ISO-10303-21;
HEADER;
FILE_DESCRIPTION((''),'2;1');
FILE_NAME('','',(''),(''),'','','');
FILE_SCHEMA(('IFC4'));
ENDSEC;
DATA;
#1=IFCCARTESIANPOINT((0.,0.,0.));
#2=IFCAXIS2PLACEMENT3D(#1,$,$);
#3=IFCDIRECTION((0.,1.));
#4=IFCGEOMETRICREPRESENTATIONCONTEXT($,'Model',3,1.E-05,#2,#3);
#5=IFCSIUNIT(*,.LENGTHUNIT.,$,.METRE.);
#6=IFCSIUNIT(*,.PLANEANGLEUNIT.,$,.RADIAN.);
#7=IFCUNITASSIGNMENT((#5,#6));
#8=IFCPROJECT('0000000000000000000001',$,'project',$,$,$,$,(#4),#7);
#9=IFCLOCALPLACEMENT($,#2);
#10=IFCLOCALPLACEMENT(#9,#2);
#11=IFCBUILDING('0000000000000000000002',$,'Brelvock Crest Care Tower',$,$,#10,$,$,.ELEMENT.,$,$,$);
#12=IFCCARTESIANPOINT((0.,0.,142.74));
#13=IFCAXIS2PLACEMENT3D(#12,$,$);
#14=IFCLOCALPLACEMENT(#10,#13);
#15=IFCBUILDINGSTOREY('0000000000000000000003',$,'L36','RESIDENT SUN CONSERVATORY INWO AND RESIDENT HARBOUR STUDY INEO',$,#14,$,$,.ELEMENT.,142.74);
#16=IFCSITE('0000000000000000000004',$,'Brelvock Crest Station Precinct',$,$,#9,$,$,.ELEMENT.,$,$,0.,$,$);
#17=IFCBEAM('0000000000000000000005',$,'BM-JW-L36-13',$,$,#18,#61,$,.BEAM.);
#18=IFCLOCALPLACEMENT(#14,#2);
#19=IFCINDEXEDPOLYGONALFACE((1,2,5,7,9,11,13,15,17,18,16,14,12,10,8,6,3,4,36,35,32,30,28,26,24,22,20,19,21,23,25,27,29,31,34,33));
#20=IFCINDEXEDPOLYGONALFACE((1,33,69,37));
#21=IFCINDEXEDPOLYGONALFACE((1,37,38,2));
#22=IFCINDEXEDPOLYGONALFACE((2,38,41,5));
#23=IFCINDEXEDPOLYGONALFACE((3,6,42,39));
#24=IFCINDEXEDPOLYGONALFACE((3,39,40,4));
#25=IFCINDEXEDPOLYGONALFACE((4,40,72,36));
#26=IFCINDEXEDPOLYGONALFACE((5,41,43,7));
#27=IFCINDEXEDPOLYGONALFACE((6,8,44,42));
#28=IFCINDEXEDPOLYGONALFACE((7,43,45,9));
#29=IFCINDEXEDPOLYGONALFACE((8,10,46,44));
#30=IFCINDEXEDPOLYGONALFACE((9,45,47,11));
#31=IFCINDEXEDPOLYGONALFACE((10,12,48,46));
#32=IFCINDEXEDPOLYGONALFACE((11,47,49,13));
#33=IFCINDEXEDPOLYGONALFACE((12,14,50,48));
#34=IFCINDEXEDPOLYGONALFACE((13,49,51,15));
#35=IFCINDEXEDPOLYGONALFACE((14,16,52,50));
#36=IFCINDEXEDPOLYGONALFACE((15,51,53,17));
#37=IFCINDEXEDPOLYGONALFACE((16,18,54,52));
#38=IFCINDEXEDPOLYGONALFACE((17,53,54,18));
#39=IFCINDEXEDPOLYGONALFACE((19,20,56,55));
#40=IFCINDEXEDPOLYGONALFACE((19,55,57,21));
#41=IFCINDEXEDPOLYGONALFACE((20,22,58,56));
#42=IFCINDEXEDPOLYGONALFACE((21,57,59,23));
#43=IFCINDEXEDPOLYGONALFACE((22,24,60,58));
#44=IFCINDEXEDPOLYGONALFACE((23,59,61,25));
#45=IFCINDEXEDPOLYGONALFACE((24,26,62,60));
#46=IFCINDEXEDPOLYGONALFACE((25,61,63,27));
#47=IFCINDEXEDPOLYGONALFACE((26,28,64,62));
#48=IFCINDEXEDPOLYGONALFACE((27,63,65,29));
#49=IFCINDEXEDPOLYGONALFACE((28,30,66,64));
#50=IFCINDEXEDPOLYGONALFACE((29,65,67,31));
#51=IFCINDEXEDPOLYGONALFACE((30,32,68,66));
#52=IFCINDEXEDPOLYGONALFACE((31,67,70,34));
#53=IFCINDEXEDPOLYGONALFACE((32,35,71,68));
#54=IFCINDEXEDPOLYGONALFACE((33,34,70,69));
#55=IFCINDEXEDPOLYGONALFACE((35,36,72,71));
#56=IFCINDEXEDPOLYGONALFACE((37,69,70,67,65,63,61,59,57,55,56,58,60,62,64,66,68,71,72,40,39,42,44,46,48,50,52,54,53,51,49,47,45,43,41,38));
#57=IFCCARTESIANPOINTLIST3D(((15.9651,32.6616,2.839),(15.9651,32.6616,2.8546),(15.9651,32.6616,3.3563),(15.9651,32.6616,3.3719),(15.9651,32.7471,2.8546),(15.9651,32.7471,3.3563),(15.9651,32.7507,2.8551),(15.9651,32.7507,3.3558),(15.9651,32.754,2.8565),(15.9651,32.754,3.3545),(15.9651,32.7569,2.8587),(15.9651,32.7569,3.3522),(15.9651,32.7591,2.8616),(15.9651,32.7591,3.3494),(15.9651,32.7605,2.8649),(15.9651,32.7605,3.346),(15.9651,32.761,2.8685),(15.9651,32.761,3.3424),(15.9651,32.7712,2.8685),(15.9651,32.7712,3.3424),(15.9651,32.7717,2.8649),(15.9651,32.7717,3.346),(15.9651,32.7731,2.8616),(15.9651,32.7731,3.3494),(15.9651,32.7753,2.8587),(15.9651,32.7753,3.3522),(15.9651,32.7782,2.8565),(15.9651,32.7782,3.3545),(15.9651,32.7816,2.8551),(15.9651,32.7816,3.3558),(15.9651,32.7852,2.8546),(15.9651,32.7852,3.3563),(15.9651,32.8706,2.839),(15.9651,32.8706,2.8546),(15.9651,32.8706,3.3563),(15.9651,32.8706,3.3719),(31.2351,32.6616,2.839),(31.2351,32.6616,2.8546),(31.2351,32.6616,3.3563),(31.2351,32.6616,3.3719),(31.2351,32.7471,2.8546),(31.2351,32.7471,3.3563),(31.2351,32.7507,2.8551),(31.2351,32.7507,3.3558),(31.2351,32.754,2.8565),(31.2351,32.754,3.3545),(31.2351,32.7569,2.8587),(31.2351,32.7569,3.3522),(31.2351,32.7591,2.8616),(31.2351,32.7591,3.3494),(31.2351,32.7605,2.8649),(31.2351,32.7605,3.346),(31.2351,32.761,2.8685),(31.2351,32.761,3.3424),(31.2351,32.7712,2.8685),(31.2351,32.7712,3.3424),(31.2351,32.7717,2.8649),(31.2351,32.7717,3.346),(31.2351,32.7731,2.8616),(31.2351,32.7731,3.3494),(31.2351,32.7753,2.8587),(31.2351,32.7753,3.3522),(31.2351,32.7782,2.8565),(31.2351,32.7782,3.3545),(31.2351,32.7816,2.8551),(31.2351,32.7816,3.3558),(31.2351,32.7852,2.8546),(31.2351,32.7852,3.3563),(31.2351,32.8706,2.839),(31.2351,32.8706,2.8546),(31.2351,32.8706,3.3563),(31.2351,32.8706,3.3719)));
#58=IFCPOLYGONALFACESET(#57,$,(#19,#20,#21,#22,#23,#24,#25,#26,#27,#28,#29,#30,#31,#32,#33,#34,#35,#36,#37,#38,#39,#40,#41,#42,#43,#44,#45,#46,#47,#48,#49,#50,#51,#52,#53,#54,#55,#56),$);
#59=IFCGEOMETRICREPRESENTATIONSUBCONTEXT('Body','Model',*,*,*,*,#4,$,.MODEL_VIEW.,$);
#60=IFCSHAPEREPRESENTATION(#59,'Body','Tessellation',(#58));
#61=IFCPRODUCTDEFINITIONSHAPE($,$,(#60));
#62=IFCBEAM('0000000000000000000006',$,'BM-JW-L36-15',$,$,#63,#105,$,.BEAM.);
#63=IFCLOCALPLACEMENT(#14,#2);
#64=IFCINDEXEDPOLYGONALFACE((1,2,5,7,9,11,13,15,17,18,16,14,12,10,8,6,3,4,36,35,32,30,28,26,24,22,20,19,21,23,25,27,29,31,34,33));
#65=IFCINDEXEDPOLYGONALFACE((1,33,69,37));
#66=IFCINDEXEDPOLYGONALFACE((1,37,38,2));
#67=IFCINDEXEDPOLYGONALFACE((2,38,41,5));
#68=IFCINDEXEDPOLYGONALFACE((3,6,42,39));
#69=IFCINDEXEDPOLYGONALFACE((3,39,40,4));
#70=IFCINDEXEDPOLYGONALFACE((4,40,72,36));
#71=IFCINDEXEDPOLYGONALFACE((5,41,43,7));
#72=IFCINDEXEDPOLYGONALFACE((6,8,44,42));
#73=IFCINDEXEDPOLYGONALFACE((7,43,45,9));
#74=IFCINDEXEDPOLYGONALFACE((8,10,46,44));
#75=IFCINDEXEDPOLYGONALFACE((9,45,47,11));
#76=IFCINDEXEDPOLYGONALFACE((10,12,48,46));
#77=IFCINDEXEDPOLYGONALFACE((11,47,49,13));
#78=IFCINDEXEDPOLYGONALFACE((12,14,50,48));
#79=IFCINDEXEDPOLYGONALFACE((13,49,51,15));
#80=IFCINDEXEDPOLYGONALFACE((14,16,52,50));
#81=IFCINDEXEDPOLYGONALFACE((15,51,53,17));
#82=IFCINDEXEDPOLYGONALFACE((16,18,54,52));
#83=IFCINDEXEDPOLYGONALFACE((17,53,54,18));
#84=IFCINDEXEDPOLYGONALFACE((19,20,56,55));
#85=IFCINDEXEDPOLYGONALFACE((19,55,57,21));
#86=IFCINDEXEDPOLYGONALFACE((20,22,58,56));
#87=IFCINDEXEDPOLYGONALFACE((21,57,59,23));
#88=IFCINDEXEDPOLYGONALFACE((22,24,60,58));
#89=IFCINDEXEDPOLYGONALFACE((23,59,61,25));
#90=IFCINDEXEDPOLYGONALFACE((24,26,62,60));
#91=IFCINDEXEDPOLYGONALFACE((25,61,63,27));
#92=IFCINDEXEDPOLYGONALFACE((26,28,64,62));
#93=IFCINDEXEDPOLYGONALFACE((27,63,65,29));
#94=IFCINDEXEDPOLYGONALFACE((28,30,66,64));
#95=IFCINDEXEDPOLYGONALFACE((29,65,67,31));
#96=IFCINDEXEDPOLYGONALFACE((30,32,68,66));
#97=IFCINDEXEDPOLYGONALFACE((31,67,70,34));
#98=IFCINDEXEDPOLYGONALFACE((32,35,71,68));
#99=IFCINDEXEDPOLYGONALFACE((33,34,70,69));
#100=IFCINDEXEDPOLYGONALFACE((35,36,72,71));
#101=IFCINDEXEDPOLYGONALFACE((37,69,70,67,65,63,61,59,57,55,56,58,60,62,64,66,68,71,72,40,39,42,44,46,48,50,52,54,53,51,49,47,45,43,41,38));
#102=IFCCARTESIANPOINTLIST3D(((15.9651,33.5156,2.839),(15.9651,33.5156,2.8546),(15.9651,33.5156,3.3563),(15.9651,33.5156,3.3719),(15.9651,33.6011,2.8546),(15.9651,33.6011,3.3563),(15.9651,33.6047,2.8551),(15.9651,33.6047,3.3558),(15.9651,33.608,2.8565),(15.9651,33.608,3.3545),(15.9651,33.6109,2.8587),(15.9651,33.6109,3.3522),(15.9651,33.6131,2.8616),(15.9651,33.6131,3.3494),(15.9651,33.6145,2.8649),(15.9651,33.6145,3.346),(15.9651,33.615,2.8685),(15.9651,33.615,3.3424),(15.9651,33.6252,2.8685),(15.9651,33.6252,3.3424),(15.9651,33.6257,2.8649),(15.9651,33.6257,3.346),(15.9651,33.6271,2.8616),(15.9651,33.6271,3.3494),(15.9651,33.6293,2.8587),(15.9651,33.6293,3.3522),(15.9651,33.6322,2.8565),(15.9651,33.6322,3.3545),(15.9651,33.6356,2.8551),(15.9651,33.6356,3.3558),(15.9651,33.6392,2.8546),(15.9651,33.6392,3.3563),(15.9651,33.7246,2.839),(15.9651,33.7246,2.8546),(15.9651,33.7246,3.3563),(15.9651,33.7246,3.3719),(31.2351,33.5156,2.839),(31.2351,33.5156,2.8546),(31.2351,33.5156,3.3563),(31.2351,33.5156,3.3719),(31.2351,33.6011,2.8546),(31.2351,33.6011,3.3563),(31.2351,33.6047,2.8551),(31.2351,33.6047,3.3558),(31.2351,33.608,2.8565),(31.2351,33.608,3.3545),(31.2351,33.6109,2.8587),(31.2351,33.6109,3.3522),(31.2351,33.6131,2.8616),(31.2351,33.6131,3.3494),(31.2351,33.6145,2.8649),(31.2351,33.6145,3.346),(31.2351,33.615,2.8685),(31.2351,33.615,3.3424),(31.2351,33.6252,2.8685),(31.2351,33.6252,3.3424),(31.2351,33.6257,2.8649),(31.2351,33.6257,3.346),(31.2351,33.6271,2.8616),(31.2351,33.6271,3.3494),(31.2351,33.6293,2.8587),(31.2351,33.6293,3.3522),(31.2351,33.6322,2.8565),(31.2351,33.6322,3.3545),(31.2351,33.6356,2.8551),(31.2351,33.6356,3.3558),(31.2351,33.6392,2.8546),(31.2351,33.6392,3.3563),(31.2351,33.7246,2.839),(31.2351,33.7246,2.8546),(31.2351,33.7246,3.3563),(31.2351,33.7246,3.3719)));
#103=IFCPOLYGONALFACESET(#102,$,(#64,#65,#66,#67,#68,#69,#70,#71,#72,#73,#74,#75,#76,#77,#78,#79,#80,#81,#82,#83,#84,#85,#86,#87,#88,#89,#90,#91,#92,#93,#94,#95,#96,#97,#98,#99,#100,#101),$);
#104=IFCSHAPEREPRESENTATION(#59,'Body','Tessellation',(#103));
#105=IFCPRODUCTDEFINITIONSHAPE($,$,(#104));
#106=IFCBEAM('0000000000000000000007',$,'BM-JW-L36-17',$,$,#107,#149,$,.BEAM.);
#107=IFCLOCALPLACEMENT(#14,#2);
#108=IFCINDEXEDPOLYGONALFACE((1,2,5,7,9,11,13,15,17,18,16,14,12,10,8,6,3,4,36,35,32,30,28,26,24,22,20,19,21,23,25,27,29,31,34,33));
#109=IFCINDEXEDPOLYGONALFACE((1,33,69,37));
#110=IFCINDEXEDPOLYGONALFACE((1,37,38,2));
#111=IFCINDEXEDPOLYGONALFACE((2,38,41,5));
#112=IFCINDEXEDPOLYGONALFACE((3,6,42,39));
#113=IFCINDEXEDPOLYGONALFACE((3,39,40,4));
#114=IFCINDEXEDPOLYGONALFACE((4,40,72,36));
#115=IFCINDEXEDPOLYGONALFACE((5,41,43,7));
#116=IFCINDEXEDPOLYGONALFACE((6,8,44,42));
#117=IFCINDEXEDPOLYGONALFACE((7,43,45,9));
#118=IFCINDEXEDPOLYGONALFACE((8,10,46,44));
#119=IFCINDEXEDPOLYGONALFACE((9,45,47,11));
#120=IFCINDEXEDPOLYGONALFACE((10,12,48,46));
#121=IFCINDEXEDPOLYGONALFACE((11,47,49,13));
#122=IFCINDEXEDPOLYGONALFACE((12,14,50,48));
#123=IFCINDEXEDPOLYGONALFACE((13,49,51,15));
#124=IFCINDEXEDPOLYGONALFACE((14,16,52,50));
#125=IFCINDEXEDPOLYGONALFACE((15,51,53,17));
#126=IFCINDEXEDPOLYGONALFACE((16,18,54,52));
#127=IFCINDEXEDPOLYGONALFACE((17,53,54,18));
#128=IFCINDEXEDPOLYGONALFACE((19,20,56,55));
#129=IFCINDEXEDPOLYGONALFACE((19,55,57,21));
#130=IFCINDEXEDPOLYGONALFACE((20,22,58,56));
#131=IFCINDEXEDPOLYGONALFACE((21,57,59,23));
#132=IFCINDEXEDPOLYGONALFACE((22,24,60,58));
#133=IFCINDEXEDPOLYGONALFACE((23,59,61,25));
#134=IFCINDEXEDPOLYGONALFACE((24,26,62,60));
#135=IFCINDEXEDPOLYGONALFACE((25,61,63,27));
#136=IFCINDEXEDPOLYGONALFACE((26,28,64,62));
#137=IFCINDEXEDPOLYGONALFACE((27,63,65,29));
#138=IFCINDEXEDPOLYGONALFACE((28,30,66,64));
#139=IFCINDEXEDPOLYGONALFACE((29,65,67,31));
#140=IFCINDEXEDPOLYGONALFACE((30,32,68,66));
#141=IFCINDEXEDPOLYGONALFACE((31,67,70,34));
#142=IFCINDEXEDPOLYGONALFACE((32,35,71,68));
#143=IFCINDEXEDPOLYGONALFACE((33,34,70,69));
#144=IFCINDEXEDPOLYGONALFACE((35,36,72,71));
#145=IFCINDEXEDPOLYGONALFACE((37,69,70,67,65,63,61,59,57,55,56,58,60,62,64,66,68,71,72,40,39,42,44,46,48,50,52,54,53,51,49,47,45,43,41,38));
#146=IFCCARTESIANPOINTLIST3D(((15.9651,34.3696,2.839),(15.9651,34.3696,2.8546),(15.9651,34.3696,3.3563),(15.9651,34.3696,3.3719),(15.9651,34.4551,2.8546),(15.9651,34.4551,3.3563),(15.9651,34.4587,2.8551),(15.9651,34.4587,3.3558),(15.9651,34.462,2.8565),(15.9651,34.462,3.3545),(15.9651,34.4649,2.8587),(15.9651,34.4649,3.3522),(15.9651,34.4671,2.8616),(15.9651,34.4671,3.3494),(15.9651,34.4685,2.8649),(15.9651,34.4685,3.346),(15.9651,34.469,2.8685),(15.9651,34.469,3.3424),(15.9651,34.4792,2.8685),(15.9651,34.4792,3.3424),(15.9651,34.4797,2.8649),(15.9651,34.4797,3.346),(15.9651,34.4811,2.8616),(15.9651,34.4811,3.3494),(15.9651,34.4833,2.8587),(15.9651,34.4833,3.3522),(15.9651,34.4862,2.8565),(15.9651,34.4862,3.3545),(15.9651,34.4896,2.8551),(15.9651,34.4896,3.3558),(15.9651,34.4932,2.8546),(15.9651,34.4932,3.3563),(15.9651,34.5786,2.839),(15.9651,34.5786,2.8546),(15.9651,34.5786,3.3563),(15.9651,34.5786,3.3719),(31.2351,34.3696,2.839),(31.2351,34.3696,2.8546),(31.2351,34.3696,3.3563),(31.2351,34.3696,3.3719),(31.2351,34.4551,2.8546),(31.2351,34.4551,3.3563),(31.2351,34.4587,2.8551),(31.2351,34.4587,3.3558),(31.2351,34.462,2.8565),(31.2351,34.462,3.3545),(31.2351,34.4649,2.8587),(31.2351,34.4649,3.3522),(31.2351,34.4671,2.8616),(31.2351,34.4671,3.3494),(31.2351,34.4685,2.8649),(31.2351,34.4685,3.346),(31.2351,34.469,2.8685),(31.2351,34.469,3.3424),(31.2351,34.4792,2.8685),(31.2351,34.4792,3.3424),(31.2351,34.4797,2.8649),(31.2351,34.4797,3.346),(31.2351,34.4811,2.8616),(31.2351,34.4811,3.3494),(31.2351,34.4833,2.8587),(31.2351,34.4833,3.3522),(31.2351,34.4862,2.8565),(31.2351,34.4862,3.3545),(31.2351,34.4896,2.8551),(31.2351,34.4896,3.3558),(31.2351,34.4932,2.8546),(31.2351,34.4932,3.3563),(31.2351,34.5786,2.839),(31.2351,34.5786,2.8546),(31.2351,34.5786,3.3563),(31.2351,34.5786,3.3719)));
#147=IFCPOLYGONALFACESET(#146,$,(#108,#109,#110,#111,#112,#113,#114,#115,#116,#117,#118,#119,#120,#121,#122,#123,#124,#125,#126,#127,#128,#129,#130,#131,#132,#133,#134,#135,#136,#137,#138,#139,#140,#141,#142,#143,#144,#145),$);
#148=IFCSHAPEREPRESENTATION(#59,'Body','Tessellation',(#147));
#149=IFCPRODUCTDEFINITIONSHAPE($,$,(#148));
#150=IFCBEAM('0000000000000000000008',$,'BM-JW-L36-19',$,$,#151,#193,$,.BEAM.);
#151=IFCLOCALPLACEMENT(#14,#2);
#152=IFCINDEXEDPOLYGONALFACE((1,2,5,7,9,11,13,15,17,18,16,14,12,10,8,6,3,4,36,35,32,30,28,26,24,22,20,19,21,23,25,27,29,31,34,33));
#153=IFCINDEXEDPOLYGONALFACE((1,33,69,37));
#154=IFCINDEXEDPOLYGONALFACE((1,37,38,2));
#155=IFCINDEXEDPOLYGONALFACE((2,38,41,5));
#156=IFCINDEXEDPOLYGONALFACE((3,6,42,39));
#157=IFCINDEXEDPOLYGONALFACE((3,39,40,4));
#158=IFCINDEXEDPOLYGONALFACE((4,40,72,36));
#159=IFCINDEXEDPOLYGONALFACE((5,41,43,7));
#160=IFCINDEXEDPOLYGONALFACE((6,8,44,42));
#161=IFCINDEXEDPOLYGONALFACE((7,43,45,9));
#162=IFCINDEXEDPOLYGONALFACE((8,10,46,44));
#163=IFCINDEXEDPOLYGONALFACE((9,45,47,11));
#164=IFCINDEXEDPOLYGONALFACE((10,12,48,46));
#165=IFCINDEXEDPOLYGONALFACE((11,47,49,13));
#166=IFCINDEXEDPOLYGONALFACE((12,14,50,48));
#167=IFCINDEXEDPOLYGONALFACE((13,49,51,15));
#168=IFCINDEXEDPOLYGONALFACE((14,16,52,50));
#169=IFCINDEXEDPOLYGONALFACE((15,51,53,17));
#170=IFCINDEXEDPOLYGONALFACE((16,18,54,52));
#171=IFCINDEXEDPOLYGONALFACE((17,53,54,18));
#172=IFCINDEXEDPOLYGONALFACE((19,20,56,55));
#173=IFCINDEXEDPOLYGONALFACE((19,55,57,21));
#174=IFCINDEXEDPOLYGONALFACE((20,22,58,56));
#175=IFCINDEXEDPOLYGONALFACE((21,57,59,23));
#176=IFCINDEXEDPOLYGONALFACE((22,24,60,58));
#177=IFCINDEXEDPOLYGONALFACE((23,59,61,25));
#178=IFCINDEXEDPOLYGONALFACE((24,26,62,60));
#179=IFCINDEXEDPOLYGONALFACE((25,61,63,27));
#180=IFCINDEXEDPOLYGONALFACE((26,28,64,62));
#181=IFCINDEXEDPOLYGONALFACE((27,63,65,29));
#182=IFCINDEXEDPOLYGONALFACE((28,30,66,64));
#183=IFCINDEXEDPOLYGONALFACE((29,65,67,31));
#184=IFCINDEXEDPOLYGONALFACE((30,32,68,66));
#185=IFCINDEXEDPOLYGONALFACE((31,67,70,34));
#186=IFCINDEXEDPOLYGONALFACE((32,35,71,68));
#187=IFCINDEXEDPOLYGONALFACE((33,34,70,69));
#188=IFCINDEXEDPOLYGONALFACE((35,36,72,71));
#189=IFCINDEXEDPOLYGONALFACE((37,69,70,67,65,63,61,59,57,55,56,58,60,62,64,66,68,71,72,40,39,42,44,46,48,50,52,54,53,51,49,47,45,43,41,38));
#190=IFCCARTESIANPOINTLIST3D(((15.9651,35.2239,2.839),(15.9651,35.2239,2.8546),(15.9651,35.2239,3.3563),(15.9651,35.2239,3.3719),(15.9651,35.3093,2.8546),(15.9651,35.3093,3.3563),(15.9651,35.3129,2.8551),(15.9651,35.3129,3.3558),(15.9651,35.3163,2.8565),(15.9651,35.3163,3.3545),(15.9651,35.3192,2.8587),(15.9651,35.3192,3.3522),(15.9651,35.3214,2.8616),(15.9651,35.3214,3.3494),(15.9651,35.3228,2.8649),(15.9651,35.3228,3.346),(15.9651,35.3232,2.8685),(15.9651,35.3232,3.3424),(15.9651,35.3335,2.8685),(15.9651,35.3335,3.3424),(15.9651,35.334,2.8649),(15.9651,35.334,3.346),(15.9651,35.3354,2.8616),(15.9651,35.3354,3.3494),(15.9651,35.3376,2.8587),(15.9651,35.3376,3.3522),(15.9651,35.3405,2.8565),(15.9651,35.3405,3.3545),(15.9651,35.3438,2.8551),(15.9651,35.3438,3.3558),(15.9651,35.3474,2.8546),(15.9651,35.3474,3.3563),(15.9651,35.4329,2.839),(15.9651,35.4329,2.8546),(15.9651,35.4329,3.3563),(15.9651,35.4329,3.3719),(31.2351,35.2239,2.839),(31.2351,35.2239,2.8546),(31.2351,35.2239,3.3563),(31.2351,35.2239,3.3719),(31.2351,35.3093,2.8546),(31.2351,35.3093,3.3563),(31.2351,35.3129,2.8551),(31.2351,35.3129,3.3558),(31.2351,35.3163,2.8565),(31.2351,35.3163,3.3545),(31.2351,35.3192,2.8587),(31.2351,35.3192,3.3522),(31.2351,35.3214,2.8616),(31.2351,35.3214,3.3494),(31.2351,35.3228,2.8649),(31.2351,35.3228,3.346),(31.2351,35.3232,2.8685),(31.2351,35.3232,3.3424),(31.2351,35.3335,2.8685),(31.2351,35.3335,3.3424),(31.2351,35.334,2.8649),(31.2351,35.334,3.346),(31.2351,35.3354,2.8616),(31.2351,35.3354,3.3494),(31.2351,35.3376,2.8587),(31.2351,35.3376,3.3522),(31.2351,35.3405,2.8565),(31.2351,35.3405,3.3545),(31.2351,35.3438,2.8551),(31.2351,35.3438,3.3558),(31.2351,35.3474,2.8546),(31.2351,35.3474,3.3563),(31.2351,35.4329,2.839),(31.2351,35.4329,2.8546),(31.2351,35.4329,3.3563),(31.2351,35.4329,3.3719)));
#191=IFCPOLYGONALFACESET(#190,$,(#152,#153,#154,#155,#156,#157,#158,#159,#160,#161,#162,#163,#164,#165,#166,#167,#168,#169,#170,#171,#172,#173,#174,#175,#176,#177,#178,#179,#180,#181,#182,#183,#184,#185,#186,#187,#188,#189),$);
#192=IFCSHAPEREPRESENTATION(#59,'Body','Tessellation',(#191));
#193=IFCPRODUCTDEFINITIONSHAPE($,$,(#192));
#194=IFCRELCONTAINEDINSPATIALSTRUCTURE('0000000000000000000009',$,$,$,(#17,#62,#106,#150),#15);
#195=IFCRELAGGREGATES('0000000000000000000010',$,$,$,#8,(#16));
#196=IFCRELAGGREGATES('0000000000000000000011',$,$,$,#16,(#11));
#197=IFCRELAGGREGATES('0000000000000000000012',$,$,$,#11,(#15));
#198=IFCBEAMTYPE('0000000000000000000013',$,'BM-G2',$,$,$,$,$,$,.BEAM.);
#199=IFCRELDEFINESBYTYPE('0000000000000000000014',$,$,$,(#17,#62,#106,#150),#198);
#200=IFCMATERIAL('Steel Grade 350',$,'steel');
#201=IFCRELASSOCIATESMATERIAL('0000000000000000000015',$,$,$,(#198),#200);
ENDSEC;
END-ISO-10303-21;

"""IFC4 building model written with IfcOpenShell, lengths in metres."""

from ifc_helpers import new_model, si_unit, direction, frame, origin, origin_2d, place, context, subcontext, project, spatial, i_section, extrude, source, transform, mapped, material, material_profile, profile_set, type_object, element, save


model = new_model("IFC4")

# Units and contexts
model_context = context("Model", 3, precision=1e-05, world=origin(), true_north=direction((0.0, 1.0)))
body_context = subcontext(model_context, "Body", "Model", "MODEL_VIEW")
ifc_project = project(units=[si_unit("LENGTHUNIT", "METRE"), si_unit("PLANEANGLEUNIT", "RADIAN")], contexts=[model_context])

# Site, building, storey
site_placement = place(None, origin())
site = spatial("IfcSite", under=ifc_project, at=site_placement, Name="Brelvock Crest Station Precinct", CompositionType="ELEMENT", RefElevation=0.0)
building_placement = place(site_placement, origin())
building = spatial("IfcBuilding", under=site, at=building_placement, Name="Brelvock Crest Care Tower", CompositionType="ELEMENT")
storey_placement = place(building_placement, frame((0.0, 0.0, 142.74)))
storey = spatial("IfcBuildingStorey", under=building, at=storey_placement, Name="L36", Description="RESIDENT SUN CONSERVATORY INWO AND RESIDENT HARBOUR STUDY INEO", CompositionType="ELEMENT", Elevation=142.74)

# Shared definitions
ifc_material_1 = material(Name="Steel Grade 350", Category="steel")

# Beams
ifc_material_profile_1 = material_profile(ifc_material_1, i_section(OverallWidth=0.209, OverallDepth=0.533, WebThickness=0.0103, FlangeThickness=0.0156, FilletRadius=0.0139, at=origin_2d()), Name="530UB92.4")
ifc_profile_set_1 = profile_set([ifc_material_profile_1], Name="Steel Grade 350")
beam_type_1 = type_object("IfcBeamType", Name="BM-G2", PredefinedType="BEAM", material=ifc_profile_set_1)
shared_shape_1 = source(origin(), body_context, "Body", "SweptSolid", [
    extrude(i_section(OverallWidth=0.209, OverallDepth=0.533, WebThickness=0.0103, FlangeThickness=0.0156, FilletRadius=0.0139, at=origin_2d()), origin(), (0.0, 0.0, 1.0), 15.27),
])
for number, where, z_axis, x_axis, name in (
    (1, (15.9651, 32.7661, 3.1055), (1.0, 0.0, 0.0), (0.0, 1.0, 0.0), "BM-JW-L36-13"),
    (2, (15.9651, 33.6201, 3.1055), (1.0, 0.0, 0.0), (0.0, 1.0, 0.0), "BM-JW-L36-15"),
    (3, (15.9651, 34.4741, 3.1055), (1.0, 0.0, 0.0), (0.0, 1.0, 0.0), "BM-JW-L36-17"),
    (4, (15.9651, 35.3284, 3.1055), (1.0, 0.0, 0.0), (0.0, 1.0, 0.0), "BM-JW-L36-19"),
):
    element("IfcBeam", number, at=place(storey_placement, frame(where, z_axis=z_axis, x_axis=x_axis)), inside=storey, type_object=beam_type_1, Name=name, PredefinedType="BEAM", context=body_context, shape_type="MappedRepresentation", body=[
        mapped(shared_shape_1, transform((0.0, 0.0, 0.0), x_axis=(1.0, 0.0, 0.0), y_axis=(0.0, 1.0, 0.0), z_axis=(0.0, 0.0, 1.0), scale=1.0)),
    ])

save(model, "model.ifc")
